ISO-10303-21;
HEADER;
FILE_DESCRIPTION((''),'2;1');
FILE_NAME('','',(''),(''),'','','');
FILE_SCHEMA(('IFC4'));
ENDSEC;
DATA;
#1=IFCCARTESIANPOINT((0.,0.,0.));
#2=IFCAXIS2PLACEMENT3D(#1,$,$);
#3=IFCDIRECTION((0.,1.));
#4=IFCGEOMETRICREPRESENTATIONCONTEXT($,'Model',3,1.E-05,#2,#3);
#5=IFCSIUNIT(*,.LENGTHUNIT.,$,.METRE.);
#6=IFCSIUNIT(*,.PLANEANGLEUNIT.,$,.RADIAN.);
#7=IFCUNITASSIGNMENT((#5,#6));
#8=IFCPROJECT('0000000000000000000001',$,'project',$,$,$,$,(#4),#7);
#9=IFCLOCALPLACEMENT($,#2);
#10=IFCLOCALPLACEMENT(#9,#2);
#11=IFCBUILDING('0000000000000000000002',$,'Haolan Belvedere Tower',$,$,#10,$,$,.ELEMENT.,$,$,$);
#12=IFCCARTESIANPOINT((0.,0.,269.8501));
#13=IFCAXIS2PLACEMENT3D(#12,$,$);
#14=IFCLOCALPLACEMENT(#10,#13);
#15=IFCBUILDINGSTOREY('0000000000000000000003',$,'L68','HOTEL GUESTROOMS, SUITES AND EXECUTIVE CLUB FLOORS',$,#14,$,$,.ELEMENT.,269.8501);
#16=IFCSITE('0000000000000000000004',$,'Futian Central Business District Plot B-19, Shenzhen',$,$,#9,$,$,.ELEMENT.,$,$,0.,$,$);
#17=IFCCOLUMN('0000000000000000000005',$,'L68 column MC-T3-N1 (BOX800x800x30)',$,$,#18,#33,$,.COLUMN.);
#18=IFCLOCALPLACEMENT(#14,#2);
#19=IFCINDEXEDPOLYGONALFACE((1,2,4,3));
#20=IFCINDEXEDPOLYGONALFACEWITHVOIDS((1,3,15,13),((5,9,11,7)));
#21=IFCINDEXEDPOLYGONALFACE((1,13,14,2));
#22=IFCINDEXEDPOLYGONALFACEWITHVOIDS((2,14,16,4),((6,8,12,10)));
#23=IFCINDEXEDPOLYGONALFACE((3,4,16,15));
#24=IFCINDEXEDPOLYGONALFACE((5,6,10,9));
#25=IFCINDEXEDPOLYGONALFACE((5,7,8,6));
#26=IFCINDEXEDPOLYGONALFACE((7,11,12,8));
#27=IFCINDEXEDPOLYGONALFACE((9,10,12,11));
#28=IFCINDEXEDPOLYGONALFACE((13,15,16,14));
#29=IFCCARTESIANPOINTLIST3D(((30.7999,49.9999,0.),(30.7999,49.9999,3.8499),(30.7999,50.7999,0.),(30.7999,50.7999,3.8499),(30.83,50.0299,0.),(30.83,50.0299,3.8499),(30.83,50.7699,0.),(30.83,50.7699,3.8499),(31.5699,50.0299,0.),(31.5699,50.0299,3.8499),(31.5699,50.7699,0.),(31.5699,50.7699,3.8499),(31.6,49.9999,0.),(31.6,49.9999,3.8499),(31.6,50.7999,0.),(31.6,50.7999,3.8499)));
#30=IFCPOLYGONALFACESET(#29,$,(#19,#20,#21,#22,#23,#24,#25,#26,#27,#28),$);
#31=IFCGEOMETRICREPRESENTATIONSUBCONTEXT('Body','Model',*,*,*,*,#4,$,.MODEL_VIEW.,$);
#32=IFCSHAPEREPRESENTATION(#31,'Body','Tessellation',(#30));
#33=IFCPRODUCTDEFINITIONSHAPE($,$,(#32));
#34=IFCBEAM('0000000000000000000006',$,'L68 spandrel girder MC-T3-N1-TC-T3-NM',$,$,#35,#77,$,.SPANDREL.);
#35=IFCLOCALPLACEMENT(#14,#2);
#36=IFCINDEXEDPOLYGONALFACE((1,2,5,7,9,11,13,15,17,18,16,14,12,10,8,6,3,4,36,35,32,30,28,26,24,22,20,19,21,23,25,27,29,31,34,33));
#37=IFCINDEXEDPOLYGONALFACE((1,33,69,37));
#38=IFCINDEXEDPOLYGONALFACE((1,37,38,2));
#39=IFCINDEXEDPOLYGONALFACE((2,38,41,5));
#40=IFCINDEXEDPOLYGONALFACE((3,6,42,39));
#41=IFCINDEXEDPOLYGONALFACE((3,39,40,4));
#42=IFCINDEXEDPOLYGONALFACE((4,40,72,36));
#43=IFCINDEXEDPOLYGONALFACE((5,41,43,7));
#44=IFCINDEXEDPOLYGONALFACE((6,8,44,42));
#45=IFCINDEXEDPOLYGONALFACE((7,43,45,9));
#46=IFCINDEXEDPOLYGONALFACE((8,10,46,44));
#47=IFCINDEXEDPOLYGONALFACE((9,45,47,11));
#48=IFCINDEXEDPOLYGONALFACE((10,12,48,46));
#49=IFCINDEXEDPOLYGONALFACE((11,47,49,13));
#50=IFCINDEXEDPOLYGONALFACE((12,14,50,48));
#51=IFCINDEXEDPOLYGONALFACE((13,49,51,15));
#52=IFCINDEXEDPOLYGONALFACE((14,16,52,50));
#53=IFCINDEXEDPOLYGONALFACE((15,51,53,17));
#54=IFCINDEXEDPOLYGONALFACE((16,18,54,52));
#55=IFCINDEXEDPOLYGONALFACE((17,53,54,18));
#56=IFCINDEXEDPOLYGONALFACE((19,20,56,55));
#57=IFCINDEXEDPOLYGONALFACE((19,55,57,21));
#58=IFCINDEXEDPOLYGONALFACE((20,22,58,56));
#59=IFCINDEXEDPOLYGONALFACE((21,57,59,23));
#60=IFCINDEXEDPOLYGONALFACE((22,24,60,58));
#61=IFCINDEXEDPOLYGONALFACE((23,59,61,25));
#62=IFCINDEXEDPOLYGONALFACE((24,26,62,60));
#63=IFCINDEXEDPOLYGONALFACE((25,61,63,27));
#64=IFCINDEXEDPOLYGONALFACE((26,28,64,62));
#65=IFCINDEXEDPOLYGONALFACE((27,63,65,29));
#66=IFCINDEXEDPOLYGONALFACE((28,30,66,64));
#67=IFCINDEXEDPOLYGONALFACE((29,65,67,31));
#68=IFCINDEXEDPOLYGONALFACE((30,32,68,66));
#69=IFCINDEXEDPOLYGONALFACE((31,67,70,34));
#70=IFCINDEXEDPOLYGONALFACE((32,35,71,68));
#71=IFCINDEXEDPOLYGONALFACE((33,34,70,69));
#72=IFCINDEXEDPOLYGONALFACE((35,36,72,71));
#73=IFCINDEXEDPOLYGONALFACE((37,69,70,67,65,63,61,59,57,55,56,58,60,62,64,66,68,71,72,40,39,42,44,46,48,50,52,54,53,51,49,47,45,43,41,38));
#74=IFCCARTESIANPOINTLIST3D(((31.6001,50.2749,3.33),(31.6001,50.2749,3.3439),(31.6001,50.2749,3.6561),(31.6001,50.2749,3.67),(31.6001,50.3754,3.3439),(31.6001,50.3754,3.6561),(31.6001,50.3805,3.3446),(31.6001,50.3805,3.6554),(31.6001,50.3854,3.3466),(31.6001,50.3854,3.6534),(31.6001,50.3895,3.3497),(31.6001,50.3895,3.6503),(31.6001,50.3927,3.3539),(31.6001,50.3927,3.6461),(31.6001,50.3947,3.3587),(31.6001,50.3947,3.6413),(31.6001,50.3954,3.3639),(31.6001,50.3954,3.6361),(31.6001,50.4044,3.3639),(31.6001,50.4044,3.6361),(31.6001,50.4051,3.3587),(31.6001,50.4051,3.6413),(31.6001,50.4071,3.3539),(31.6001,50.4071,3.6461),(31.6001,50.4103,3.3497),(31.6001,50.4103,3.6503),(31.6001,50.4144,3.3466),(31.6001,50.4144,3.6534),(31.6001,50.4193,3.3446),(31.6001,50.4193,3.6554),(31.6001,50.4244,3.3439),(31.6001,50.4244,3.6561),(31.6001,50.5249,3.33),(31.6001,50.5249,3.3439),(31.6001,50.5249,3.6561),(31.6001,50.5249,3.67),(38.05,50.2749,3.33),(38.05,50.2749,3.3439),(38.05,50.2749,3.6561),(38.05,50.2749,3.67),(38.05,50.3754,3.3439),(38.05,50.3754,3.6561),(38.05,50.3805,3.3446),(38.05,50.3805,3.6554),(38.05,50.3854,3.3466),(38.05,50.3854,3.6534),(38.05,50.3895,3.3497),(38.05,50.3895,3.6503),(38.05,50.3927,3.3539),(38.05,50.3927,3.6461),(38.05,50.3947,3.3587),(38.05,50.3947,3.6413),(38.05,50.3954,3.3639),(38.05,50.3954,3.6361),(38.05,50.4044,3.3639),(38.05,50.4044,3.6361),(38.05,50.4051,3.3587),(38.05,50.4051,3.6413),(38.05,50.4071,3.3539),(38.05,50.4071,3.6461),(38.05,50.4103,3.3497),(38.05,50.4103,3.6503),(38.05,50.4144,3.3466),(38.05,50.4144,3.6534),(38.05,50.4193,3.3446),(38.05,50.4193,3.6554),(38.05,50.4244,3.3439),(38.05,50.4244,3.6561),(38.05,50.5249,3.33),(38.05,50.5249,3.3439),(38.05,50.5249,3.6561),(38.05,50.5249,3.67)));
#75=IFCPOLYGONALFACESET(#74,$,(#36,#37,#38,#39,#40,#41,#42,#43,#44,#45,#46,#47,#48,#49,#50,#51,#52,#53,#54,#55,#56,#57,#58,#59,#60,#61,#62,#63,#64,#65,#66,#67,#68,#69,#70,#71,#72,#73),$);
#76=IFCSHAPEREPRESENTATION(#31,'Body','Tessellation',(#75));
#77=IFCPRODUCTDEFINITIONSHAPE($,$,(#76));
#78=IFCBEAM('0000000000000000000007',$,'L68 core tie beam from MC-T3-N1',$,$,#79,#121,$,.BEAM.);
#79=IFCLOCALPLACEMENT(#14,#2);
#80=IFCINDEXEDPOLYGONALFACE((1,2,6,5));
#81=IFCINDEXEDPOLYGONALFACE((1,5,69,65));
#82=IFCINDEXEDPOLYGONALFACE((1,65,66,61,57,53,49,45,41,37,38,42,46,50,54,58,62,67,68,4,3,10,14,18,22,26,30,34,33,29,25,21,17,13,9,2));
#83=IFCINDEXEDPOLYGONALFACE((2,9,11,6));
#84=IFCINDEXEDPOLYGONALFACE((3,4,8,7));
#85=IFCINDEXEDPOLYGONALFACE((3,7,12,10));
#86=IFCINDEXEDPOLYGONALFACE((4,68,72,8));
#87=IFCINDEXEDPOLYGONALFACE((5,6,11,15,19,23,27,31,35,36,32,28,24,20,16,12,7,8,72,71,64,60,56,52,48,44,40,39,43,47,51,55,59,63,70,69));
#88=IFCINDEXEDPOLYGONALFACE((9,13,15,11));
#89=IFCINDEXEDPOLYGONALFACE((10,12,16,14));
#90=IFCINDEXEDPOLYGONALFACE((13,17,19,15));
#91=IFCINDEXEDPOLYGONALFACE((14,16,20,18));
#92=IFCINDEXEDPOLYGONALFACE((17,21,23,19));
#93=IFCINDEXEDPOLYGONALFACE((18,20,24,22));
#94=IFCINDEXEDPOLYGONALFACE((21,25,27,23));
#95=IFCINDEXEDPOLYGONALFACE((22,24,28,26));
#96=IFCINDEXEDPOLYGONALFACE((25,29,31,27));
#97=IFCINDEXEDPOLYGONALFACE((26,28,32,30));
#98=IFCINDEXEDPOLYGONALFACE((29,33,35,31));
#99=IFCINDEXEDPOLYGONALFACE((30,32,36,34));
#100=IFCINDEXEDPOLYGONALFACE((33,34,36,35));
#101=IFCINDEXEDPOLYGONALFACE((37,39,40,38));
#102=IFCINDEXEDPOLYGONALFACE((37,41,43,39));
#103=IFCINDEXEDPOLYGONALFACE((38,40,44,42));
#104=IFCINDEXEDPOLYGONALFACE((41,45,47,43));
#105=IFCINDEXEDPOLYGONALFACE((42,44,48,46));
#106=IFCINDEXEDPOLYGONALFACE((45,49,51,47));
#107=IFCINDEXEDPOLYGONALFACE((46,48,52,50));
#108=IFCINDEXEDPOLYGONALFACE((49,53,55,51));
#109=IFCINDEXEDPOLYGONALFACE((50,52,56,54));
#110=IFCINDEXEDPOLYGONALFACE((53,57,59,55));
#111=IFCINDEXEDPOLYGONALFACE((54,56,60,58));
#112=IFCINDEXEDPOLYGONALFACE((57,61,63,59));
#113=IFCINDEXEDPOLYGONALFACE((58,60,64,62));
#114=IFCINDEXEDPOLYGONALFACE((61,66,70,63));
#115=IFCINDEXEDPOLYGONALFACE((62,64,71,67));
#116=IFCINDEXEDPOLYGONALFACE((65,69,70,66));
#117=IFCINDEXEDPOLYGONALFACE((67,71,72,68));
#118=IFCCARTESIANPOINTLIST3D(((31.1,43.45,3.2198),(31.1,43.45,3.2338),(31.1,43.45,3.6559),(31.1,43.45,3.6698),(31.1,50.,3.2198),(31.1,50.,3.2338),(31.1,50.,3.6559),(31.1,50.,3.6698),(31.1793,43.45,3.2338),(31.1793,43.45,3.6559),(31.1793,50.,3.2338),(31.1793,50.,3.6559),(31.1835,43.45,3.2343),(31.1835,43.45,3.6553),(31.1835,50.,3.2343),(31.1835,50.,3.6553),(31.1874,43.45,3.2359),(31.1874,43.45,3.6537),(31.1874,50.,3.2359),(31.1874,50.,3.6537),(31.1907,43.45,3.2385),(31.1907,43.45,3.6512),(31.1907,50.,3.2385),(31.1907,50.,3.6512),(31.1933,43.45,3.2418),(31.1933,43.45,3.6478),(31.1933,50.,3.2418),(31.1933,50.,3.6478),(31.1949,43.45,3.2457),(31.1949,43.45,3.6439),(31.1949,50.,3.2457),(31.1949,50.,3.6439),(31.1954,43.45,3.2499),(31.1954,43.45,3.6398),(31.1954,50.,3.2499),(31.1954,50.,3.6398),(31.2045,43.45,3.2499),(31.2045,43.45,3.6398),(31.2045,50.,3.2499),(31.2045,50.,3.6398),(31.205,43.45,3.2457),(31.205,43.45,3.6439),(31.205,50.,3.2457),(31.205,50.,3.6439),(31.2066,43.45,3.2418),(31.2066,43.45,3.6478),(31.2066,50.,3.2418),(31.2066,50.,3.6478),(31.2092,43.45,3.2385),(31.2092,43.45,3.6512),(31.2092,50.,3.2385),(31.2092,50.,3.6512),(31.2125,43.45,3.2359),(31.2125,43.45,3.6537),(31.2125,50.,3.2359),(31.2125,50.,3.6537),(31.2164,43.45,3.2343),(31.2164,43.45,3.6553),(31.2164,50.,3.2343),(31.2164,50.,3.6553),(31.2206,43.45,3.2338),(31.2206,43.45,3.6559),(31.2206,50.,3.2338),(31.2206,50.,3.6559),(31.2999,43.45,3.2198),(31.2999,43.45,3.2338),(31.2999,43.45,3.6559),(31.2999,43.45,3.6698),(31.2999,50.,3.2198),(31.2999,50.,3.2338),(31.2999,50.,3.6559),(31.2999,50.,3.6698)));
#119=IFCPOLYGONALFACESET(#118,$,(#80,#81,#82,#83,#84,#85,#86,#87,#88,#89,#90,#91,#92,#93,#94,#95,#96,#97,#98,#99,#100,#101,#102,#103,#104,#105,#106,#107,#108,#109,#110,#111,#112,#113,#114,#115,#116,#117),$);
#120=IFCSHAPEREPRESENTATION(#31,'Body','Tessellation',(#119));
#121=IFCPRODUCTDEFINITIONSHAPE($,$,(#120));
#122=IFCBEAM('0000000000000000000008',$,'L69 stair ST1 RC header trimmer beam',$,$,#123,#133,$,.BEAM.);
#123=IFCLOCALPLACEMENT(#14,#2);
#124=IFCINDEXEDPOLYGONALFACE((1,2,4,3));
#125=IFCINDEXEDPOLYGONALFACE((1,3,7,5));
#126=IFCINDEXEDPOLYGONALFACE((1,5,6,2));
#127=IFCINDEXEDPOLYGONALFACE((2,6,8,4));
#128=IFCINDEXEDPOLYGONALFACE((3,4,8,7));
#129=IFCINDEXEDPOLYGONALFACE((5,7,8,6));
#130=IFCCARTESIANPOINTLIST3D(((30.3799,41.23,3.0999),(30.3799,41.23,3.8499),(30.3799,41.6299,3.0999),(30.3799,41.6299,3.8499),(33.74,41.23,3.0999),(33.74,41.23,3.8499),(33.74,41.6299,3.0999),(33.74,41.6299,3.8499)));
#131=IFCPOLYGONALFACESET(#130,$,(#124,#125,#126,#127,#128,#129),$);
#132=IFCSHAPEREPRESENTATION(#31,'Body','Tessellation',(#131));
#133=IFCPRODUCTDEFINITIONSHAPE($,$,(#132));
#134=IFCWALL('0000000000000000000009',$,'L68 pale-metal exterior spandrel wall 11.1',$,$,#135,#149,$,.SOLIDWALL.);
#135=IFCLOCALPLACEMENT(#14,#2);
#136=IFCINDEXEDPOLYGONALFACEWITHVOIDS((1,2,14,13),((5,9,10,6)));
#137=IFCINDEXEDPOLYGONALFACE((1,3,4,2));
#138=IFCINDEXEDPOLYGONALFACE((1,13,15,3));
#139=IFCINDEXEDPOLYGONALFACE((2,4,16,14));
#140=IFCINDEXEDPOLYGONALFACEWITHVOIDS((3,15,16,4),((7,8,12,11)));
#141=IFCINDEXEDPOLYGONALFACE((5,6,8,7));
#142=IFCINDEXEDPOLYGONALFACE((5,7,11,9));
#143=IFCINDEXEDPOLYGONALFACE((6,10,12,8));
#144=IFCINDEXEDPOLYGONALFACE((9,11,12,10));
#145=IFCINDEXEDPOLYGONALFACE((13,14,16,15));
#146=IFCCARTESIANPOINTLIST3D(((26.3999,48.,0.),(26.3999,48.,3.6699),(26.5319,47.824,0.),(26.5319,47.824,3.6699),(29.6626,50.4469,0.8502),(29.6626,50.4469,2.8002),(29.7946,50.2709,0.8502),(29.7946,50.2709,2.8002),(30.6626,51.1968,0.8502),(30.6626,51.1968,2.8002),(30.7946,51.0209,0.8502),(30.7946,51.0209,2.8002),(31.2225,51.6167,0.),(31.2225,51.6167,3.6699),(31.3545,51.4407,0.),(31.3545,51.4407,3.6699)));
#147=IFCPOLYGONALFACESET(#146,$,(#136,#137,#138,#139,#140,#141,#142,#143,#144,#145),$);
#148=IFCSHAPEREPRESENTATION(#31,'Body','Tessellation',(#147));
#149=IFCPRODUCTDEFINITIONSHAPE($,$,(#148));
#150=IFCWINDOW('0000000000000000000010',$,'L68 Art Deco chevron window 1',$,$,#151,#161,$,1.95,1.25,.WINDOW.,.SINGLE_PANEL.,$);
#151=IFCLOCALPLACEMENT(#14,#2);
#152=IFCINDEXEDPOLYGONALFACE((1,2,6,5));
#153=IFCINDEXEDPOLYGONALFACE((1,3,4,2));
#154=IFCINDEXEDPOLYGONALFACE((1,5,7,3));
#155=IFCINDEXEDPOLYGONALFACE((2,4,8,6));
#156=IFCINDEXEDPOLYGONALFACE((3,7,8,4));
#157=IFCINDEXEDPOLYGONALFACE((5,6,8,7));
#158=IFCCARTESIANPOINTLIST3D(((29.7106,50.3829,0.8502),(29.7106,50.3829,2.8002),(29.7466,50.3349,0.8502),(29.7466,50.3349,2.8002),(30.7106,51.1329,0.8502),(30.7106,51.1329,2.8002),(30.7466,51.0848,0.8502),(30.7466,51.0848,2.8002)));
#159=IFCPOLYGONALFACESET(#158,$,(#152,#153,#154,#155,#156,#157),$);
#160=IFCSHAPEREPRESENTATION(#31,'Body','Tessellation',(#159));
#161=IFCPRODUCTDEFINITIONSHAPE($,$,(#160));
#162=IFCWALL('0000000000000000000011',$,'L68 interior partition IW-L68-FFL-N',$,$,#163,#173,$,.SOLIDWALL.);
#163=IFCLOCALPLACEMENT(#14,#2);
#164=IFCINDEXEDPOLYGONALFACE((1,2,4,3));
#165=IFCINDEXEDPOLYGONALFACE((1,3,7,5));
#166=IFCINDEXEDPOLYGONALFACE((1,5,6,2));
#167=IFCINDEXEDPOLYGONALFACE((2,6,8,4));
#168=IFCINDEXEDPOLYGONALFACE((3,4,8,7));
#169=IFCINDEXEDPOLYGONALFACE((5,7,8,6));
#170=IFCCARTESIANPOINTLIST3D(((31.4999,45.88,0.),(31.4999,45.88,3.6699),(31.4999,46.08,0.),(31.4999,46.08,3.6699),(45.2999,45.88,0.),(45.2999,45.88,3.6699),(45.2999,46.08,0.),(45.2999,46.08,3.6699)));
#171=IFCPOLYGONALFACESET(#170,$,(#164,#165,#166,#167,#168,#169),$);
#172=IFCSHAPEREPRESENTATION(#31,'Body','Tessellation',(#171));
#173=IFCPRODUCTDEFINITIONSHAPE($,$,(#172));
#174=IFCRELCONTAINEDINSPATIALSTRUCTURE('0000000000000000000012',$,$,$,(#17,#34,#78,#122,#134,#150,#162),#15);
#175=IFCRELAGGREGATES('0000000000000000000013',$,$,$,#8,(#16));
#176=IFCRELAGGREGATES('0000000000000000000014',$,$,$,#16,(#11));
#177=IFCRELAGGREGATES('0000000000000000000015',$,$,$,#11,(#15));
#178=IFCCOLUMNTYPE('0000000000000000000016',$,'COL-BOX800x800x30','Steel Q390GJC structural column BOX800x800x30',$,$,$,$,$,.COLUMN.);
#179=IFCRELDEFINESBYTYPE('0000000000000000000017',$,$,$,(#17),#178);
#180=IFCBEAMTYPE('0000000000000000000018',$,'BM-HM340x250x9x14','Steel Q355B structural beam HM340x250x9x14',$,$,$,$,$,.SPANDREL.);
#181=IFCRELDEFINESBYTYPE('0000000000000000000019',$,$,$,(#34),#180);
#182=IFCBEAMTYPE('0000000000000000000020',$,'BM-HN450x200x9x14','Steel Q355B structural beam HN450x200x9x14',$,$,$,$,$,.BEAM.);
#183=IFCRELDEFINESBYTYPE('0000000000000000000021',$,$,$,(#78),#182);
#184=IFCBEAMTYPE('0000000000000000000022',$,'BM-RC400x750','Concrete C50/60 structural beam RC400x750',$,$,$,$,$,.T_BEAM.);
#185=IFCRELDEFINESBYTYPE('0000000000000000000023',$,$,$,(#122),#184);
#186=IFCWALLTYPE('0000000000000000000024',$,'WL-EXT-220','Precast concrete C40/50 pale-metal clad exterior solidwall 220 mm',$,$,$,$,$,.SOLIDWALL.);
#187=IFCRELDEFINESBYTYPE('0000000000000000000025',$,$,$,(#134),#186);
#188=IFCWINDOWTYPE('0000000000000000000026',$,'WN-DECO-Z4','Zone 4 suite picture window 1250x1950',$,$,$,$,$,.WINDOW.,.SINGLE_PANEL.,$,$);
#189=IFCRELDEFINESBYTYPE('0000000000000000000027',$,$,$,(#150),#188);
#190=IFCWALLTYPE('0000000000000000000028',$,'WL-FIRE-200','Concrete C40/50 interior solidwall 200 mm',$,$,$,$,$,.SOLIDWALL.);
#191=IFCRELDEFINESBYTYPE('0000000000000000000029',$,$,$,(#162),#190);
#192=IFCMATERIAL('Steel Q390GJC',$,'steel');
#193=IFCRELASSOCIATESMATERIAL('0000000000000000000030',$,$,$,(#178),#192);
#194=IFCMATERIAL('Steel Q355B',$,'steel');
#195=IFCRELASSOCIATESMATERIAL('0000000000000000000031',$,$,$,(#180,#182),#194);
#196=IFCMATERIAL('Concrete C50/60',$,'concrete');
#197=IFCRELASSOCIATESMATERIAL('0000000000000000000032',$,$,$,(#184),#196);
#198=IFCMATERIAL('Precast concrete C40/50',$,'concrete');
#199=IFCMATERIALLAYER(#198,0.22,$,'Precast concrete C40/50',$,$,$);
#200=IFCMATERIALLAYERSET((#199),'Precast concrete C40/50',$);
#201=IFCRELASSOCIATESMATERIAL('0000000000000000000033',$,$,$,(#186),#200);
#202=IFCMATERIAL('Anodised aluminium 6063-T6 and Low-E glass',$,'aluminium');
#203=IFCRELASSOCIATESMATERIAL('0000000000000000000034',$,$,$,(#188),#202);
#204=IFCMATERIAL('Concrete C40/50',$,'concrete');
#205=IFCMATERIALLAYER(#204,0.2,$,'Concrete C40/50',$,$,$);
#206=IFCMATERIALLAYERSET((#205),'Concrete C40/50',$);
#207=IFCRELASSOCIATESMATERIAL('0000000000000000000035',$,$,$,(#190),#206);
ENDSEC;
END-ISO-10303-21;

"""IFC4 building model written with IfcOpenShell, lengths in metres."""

from ifc_helpers import new_model, si_unit, direction, frame, frame_2d, origin, origin_2d, place, context, subcontext, project, spatial, rectangle, hollow_rectangle, i_section, extrude, material, layer, layer_set, material_profile, profile_set, type_object, element, fill, save


model = new_model("IFC4")

# Units and contexts
model_context = context("Model", 3, precision=1e-05, world=origin(), true_north=direction((0.0, 1.0)))
body_context = subcontext(model_context, "Body", "Model", "MODEL_VIEW")
ifc_project = project(units=[si_unit("LENGTHUNIT", "METRE"), si_unit("PLANEANGLEUNIT", "RADIAN")], contexts=[model_context])

# Site, building, storey
site_placement = place(None, origin())
site = spatial("IfcSite", under=ifc_project, at=site_placement, Name="Futian Central Business District Plot B-19, Shenzhen", CompositionType="ELEMENT", RefElevation=0.0)
building_placement = place(site_placement, origin())
building = spatial("IfcBuilding", under=site, at=building_placement, Name="Haolan Belvedere Tower", CompositionType="ELEMENT")
storey_placement = place(building_placement, frame((0.0, 0.0, 269.8501)))
storey = spatial("IfcBuildingStorey", under=building, at=storey_placement, Name="L68", Description="HOTEL GUESTROOMS, SUITES AND EXECUTIVE CLUB FLOORS", CompositionType="ELEMENT", Elevation=269.8501)

# Column
ifc_material_1 = material(Name="Steel Q390GJC", Category="steel")
ifc_material_profile_1 = material_profile(ifc_material_1, hollow_rectangle(XDim=0.8, YDim=0.8, WallThickness=0.03, at=origin_2d()), Name="Steel Q390GJC")
ifc_profile_set_1 = profile_set([ifc_material_profile_1], Name="Steel Q390GJC")
column_type = type_object("IfcColumnType", Name="COL-BOX800x800x30", Description="Steel Q390GJC structural column BOX800x800x30", PredefinedType="COLUMN", material=ifc_profile_set_1)
column_placement = place(storey_placement, frame((31.2, 50.3999, 0.0), z_axis=(0.0, 0.0, 1.0), x_axis=(1.0, 0.0, 0.0)))
element("IfcColumn", 1, at=column_placement, inside=storey, type_object=column_type, Name="L68 column MC-T3-N1 (BOX800x800x30)", PredefinedType="COLUMN", context=body_context, shape_type="SweptSolid", body=[
    extrude(hollow_rectangle(XDim=0.8, YDim=0.8, WallThickness=0.03, at=origin_2d()), origin(), (0.0, 0.0, 1.0), 3.8499),
])

# Beams
ifc_material_2 = material(Name="Steel Q355B", Category="steel")
ifc_material_profile_2 = material_profile(ifc_material_2, i_section(OverallWidth=0.25, OverallDepth=0.3401, WebThickness=0.009, FlangeThickness=0.0139, FilletRadius=0.02, at=origin_2d()), Name="Steel Q355B")
ifc_profile_set_2 = profile_set([ifc_material_profile_2], Name="Steel Q355B")
beam_type_1 = type_object("IfcBeamType", Name="BM-HM340x250x9x14", Description="Steel Q355B structural beam HM340x250x9x14", PredefinedType="SPANDREL", material=ifc_profile_set_2)
beam_1_placement = place(storey_placement, frame((31.6001, 50.3999, 3.5), z_axis=(1.0, 0.0, 0.0), x_axis=(0.0, 1.0, 0.0)))
element("IfcBeam", 2, at=beam_1_placement, inside=storey, type_object=beam_type_1, Name="L68 spandrel girder MC-T3-N1-TC-T3-NM", PredefinedType="SPANDREL", context=body_context, shape_type="SweptSolid", body=[
    extrude(i_section(OverallWidth=0.25, OverallDepth=0.3401, WebThickness=0.009, FlangeThickness=0.0139, FilletRadius=0.02, at=origin_2d()), origin(), (0.0, 0.0, 1.0), 6.45),
])
ifc_material_profile_3 = material_profile(ifc_material_2, i_section(OverallWidth=0.2, OverallDepth=0.45, WebThickness=0.009, FlangeThickness=0.0139, FilletRadius=0.0161, at=origin_2d()), Name="Steel Q355B")
ifc_profile_set_3 = profile_set([ifc_material_profile_3], Name="Steel Q355B")
beam_type_2 = type_object("IfcBeamType", Name="BM-HN450x200x9x14", Description="Steel Q355B structural beam HN450x200x9x14", PredefinedType="BEAM", material=ifc_profile_set_3)
beam_2_placement = place(storey_placement, frame((31.2, 50.0, 3.4448), z_axis=(0.0, -1.0, 0.0), x_axis=(1.0, 0.0, 0.0)))
element("IfcBeam", 3, at=beam_2_placement, inside=storey, type_object=beam_type_2, Name="L68 core tie beam from MC-T3-N1", PredefinedType="BEAM", context=body_context, shape_type="SweptSolid", body=[
    extrude(i_section(OverallWidth=0.2, OverallDepth=0.45, WebThickness=0.009, FlangeThickness=0.0139, FilletRadius=0.0161, at=origin_2d()), origin(), (0.0, 0.0, 1.0), 6.55),
])
ifc_material_3 = material(Name="Concrete C50/60", Category="concrete")
ifc_material_profile_4 = material_profile(ifc_material_3, rectangle(XDim=0.3999, YDim=0.75, at=origin_2d()), Name="Concrete C50/60")
ifc_profile_set_4 = profile_set([ifc_material_profile_4], Name="Concrete C50/60")
beam_type_3 = type_object("IfcBeamType", Name="BM-RC400x750", Description="Concrete C50/60 structural beam RC400x750", PredefinedType="T_BEAM", material=ifc_profile_set_4)
beam_3_placement = place(storey_placement, frame((30.3799, 41.4299, 3.4749), z_axis=(1.0, 0.0, 0.0), x_axis=(0.0, 1.0, 0.0)))
element("IfcBeam", 4, at=beam_3_placement, inside=storey, type_object=beam_type_3, Name="L69 stair ST1 RC header trimmer beam", PredefinedType="BEAM", context=body_context, shape_type="SweptSolid", body=[
    extrude(rectangle(XDim=0.3999, YDim=0.75, at=origin_2d()), origin(), (0.0, 0.0, 1.0), 3.3601),
])

# Wall, opening, window
ifc_material_4 = material(Name="Precast concrete C40/50", Category="concrete")
ifc_layer_1 = layer(ifc_material_4, 0.22, Name="Precast concrete C40/50")
ifc_layer_set_1 = layer_set([ifc_layer_1], Name="Precast concrete C40/50")
wall_type_1 = type_object("IfcWallType", Name="WL-EXT-220", Description="Precast concrete C40/50 pale-metal clad exterior solidwall 220 mm", PredefinedType="SOLIDWALL", material=ifc_layer_set_1)
wall_1_placement = place(storey_placement, frame((31.2886, 51.5288, 0.0), z_axis=(0.0, 0.0, 1.0), x_axis=(-0.800015, -0.599981, 0.0)))
wall_1 = element("IfcWall", 5, at=wall_1_placement, inside=storey, type_object=wall_type_1, Name="L68 pale-metal exterior spandrel wall 11.1", PredefinedType="SOLIDWALL", context=body_context, shape_type="SweptSolid", body=[
    extrude(rectangle(XDim=6.0281, YDim=0.22, at=frame_2d((3.0142, 0.0))), origin(), (0.0, 0.0, 1.0), 3.6699),
])
opening_1_placement = place(wall_1_placement, frame((0.7, 0.0, 0.8501)))
opening_1 = element("IfcOpeningElement", 6, at=opening_1_placement, cuts=wall_1, PredefinedType="OPENING", context=body_context, shape_type="SweptSolid", body=[
    extrude(rectangle(XDim=1.25, YDim=1.95, at=frame_2d((0.625, 0.9751))), frame((0.0, 0.1199, 0.0), z_axis=(0.0, -1.0, 0.0), x_axis=(1.0, 0.0, 0.0)), (0.0, 0.0, 1.0), 0.24),
])
ifc_material_5 = material(Name="Anodised aluminium 6063-T6 and Low-E glass", Category="aluminium")
window_type = type_object("IfcWindowType", Name="WN-DECO-Z4", Description="Zone 4 suite picture window 1250x1950", PartitioningType="SINGLE_PANEL", PredefinedType="WINDOW", material=ifc_material_5)
window_placement = place(opening_1_placement, origin())
window = element("IfcWindow", 7, at=window_placement, inside=storey, type_object=window_type, Name="L68 Art Deco chevron window 1", OverallHeight=1.95, OverallWidth=1.25, PartitioningType="SINGLE_PANEL", PredefinedType="WINDOW", context=body_context, shape_type="SweptSolid", body=[
    extrude(rectangle(XDim=1.25, YDim=1.95, at=frame_2d((0.625, 0.9751))), frame((0.0, 0.03, 0.0), z_axis=(0.0, -1.0, 0.0), x_axis=(1.0, 0.0, 0.0)), (0.0, 0.0, 1.0), 0.0601),
])
fill(opening_1, window)

# Wall
ifc_material_6 = material(Name="Concrete C40/50", Category="concrete")
ifc_layer_2 = layer(ifc_material_6, 0.2, Name="Concrete C40/50")
ifc_layer_set_2 = layer_set([ifc_layer_2], Name="Concrete C40/50")
wall_type_2 = type_object("IfcWallType", Name="WL-FIRE-200", Description="Concrete C40/50 interior solidwall 200 mm", PredefinedType="SOLIDWALL", material=ifc_layer_set_2)
wall_2_placement = place(storey_placement, frame((31.5, 45.98, 0.0), z_axis=(0.0, 0.0, 1.0), x_axis=(1.0, 0.0, 0.0)))
element("IfcWall", 8, at=wall_2_placement, inside=storey, type_object=wall_type_2, Name="L68 interior partition IW-L68-FFL-N", PredefinedType="SOLIDWALL", context=body_context, shape_type="SweptSolid", body=[
    extrude(rectangle(XDim=13.8, YDim=0.2, at=frame_2d((6.8999, 0.0))), origin(), (0.0, 0.0, 1.0), 3.6699),
])

save(model, "model.ifc")
